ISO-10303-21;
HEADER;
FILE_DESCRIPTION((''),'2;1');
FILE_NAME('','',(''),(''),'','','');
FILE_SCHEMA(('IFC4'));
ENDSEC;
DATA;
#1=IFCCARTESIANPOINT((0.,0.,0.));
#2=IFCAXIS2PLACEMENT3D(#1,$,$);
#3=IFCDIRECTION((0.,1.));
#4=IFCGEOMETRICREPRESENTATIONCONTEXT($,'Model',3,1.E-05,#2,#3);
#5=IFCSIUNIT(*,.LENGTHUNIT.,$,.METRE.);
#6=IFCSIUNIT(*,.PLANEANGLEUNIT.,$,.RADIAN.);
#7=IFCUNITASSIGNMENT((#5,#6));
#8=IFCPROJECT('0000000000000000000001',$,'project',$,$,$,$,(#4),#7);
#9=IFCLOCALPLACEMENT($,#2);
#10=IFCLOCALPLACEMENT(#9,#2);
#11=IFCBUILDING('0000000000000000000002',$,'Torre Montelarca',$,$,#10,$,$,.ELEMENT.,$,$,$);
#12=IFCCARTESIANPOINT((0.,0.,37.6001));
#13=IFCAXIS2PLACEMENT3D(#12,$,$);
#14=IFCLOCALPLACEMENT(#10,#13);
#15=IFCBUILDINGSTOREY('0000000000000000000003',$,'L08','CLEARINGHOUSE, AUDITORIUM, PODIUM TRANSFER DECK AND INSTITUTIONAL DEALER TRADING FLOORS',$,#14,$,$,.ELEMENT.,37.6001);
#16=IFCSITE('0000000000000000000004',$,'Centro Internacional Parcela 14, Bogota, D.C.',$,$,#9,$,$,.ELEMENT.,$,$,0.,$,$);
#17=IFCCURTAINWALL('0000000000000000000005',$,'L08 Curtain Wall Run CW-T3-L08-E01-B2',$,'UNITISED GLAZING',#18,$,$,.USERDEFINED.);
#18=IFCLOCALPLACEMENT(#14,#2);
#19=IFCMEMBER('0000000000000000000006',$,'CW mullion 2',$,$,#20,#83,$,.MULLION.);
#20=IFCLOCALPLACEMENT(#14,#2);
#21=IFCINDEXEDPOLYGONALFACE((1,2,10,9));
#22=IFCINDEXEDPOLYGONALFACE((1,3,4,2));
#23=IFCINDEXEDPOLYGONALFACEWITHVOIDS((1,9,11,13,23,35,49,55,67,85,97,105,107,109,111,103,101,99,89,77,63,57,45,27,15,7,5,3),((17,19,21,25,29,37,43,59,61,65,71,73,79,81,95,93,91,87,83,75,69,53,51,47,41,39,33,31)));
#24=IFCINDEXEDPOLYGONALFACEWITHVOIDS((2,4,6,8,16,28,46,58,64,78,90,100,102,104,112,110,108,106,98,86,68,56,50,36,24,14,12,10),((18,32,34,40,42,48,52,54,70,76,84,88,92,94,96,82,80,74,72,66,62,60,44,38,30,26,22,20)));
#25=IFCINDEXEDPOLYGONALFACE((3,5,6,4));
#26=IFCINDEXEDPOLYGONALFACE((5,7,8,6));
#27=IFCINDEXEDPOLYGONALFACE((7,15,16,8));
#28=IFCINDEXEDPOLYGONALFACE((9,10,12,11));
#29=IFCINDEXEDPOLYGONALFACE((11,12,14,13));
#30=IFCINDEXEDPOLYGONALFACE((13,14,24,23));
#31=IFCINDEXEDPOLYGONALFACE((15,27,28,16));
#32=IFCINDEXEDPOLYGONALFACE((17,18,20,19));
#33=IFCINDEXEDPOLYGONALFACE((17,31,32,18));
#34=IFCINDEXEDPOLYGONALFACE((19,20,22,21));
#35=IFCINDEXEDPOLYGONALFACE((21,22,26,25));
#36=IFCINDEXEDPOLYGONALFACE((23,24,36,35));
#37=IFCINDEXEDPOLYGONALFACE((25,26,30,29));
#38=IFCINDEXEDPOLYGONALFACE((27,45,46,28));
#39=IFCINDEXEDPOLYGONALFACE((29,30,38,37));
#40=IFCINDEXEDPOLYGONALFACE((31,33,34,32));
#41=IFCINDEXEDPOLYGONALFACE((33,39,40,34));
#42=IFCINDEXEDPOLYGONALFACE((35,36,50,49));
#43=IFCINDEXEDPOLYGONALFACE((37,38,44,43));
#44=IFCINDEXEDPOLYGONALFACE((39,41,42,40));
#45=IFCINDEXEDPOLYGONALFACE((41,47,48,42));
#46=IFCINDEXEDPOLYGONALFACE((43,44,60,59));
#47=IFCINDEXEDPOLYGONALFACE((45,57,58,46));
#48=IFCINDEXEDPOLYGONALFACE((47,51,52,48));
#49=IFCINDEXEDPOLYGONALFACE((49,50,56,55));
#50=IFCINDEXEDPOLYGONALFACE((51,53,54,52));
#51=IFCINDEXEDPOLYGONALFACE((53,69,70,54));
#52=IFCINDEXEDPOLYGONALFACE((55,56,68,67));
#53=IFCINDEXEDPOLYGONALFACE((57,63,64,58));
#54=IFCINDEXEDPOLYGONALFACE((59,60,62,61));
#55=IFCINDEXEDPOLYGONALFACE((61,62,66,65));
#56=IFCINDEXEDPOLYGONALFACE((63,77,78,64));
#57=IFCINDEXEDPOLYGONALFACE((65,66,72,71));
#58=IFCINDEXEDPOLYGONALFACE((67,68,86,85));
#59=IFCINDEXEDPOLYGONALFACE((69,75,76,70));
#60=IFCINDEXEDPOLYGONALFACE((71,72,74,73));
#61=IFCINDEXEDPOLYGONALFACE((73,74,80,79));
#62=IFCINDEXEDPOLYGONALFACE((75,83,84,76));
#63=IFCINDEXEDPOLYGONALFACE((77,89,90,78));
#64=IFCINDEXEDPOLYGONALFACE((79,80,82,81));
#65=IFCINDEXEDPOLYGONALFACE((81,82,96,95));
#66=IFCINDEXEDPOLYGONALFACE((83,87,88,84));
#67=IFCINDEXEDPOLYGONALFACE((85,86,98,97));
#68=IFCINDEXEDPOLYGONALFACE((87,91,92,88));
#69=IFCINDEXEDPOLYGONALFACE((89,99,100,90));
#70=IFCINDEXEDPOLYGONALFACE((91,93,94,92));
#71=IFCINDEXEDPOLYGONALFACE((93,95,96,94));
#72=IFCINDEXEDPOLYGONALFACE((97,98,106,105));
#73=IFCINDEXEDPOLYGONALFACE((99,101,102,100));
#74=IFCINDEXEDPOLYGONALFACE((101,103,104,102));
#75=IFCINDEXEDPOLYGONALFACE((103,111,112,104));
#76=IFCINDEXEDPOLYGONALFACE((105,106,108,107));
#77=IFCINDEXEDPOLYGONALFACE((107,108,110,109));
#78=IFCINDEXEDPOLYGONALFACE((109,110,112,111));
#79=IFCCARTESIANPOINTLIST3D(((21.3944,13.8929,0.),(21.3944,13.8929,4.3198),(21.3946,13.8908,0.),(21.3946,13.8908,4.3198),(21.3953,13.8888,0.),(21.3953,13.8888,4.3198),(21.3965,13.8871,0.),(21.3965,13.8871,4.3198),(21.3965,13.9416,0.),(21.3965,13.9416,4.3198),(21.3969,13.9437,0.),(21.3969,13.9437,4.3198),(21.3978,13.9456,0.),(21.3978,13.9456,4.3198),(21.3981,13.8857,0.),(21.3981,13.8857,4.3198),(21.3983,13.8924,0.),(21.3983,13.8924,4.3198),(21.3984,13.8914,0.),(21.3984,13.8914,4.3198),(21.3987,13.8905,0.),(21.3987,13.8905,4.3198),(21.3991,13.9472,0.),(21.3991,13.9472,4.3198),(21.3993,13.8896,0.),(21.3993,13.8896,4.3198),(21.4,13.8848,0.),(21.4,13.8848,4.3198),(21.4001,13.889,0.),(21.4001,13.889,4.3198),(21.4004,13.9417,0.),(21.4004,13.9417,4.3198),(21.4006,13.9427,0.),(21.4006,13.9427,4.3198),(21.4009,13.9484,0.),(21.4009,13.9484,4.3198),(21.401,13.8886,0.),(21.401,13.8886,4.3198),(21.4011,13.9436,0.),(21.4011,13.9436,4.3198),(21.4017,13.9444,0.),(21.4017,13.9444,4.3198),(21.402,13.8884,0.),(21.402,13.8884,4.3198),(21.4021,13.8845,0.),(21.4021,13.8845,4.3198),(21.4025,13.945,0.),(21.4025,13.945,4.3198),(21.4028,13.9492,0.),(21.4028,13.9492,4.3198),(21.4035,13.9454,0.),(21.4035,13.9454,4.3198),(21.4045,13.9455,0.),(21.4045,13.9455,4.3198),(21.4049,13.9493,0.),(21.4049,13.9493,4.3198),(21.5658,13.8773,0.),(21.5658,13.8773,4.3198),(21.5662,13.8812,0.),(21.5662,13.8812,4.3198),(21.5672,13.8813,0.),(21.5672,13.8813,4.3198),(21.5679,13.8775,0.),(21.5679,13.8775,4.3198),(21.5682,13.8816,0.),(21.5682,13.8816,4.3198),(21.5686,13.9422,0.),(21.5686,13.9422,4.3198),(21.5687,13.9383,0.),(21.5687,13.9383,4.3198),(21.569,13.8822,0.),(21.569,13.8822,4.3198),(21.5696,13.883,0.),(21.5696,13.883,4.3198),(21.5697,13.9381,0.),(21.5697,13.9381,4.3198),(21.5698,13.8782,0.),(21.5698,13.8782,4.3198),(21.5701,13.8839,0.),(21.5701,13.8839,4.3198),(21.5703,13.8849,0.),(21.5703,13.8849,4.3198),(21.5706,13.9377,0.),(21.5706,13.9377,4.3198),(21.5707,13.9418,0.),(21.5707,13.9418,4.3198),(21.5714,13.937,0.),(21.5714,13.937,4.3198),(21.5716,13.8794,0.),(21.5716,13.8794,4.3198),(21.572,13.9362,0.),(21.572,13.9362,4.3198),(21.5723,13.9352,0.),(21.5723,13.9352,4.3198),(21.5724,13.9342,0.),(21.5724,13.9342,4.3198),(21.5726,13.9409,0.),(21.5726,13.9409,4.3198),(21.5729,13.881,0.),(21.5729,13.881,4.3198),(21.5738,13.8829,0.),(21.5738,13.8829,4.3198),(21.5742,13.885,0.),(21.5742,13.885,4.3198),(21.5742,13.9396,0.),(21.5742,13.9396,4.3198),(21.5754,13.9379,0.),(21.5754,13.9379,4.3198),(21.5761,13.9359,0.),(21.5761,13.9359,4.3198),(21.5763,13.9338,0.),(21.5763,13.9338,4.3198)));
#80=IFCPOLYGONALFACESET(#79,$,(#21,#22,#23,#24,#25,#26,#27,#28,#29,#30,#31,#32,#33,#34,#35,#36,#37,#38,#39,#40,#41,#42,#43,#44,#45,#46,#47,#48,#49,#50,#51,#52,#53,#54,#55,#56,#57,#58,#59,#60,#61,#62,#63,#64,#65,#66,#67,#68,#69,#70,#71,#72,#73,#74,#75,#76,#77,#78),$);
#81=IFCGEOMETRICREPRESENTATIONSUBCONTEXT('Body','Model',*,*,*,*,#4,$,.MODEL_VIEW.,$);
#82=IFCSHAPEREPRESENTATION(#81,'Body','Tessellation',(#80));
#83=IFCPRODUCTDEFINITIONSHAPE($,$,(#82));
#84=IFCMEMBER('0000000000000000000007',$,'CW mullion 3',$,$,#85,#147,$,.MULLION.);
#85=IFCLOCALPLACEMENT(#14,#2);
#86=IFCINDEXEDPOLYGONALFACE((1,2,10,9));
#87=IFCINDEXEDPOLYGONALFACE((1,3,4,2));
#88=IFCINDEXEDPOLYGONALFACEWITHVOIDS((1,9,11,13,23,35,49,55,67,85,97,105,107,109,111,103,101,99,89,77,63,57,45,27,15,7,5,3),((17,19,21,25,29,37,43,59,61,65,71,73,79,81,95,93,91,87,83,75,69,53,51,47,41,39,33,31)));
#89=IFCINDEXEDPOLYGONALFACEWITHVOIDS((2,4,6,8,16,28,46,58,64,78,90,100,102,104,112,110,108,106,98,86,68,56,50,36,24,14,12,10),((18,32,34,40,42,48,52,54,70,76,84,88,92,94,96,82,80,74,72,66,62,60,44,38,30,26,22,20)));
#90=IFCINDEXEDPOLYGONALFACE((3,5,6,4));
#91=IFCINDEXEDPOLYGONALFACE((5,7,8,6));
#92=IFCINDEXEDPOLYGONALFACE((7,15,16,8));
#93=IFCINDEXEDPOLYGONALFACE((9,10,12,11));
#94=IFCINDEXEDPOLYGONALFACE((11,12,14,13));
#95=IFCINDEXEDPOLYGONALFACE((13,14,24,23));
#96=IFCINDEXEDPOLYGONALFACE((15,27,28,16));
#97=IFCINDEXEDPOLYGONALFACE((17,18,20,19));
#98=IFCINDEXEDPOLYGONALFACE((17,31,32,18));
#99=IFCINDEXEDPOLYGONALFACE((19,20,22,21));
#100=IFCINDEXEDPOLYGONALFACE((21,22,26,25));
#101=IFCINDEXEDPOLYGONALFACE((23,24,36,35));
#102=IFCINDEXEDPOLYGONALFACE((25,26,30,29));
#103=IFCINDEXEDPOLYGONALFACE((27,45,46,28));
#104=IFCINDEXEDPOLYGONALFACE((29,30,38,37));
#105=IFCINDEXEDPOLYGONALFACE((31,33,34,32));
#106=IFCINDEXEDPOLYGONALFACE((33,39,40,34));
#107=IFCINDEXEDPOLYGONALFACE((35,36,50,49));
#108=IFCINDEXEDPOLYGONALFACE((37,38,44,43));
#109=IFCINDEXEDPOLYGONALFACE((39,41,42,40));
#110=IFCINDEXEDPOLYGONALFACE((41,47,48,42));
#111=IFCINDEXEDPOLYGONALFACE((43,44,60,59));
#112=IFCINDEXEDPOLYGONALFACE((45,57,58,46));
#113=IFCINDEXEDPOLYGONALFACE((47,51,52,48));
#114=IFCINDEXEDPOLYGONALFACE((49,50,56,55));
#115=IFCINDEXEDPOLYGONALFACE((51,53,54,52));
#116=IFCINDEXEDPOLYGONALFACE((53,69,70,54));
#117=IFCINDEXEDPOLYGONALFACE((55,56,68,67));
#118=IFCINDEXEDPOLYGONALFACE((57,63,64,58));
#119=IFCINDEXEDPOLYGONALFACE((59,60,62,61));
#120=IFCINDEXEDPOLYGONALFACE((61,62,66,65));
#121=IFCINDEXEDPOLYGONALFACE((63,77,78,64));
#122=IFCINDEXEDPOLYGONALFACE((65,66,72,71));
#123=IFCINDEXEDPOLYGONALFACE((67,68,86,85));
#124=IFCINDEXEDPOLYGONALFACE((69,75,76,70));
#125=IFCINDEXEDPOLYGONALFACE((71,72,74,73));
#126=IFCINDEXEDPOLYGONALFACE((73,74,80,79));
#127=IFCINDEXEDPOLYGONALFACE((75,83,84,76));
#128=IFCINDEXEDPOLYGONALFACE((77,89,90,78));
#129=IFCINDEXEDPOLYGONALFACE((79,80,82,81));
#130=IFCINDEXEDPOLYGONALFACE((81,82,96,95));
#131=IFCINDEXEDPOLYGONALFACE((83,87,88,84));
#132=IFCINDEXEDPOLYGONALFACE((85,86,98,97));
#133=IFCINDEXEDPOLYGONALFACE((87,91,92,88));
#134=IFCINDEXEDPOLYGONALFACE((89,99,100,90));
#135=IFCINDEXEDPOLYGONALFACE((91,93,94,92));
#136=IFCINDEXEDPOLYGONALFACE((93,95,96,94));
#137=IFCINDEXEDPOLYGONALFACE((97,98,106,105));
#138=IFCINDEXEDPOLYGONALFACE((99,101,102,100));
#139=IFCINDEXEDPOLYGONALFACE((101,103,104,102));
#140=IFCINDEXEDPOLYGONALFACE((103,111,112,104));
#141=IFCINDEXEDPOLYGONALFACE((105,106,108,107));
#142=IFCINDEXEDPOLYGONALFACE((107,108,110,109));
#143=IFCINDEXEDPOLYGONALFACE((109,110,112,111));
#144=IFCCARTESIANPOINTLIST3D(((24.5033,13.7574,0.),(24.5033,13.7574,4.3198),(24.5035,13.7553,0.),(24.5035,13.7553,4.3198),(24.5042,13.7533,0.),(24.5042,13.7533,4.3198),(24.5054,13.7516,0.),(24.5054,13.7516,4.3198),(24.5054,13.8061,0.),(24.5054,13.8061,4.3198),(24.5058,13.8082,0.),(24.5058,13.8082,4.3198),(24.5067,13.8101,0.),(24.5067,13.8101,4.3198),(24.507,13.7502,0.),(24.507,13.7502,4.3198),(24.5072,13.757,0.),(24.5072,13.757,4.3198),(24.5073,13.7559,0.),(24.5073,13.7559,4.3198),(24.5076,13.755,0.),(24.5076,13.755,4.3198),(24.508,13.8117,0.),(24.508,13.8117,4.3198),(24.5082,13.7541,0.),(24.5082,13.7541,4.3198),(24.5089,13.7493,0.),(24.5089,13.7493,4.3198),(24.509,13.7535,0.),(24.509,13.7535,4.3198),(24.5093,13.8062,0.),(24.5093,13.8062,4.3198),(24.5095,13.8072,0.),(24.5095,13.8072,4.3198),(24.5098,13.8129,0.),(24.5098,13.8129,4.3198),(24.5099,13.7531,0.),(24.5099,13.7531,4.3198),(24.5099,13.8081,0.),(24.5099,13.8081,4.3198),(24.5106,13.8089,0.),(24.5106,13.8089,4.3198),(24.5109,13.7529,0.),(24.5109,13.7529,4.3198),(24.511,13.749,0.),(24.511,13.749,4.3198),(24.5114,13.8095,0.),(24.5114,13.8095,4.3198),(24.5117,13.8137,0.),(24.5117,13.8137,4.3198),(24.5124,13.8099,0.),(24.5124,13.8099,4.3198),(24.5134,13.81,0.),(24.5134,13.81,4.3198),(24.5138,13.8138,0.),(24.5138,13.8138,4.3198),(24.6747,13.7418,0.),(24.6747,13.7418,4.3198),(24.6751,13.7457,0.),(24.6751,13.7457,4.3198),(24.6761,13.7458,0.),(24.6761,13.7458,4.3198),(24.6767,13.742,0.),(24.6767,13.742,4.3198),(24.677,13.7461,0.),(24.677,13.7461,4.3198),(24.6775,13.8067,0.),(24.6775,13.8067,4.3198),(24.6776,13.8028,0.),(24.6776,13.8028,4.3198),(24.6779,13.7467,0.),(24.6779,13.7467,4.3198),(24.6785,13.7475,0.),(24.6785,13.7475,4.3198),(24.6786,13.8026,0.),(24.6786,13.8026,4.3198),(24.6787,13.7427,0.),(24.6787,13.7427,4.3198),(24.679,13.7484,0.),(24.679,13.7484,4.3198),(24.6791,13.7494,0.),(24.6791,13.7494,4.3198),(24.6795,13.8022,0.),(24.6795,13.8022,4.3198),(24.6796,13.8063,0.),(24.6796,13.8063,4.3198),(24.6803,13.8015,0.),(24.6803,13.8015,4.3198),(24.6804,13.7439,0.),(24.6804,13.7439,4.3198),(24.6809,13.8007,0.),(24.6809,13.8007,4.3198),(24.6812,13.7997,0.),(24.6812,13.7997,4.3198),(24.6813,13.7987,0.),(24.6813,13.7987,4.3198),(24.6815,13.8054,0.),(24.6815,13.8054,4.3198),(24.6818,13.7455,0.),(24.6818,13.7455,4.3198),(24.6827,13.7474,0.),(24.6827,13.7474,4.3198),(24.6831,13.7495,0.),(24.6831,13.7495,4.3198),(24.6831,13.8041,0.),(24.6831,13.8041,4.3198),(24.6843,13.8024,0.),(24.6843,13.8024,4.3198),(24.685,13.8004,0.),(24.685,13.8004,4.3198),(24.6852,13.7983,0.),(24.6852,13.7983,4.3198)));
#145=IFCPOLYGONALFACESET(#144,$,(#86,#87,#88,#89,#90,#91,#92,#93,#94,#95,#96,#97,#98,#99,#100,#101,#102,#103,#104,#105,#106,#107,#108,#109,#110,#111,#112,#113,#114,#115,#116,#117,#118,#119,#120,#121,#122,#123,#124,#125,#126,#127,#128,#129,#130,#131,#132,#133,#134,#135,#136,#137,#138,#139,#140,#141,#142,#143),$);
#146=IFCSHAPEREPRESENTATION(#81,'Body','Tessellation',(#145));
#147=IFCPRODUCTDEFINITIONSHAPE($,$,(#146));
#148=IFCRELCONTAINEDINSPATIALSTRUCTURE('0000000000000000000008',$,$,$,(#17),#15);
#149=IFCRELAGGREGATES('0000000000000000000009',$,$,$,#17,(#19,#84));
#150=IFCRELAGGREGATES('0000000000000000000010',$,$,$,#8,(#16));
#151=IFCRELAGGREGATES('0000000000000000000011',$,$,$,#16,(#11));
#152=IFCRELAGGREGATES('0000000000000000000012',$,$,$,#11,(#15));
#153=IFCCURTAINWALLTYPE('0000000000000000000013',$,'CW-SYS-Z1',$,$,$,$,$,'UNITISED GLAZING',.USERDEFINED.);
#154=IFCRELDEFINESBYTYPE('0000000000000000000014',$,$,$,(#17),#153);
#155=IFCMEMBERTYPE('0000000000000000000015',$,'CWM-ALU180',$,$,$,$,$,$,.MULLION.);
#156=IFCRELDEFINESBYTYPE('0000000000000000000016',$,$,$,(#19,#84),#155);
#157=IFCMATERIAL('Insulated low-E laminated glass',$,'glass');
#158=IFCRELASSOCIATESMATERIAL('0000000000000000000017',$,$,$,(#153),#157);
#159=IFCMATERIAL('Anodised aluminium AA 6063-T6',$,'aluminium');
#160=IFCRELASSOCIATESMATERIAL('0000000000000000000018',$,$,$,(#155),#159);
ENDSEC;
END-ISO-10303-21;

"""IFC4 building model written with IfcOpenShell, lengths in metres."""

from ifc_helpers import new_model, si_unit, direction, frame, origin, origin_2d, place, context, subcontext, project, spatial, hollow_rectangle, extrude, source, transform, mapped, material, material_profile, profile_set, type_object, element, aggregate, save


model = new_model("IFC4")

# Units and contexts
model_context = context("Model", 3, precision=1e-05, world=origin(), true_north=direction((0.0, 1.0)))
body_context = subcontext(model_context, "Body", "Model", "MODEL_VIEW")
ifc_project = project(units=[si_unit("LENGTHUNIT", "METRE"), si_unit("PLANEANGLEUNIT", "RADIAN")], contexts=[model_context])

# Site, building, storey
site_placement = place(None, origin())
site = spatial("IfcSite", under=ifc_project, at=site_placement, Name="Centro Internacional Parcela 14, Bogota, D.C.", CompositionType="ELEMENT", RefElevation=0.0)
building_placement = place(site_placement, origin())
building = spatial("IfcBuilding", under=site, at=building_placement, Name="Torre Montelarca", CompositionType="ELEMENT")
storey_placement = place(building_placement, frame((0.0, 0.0, 37.6001)))
storey = spatial("IfcBuildingStorey", under=building, at=storey_placement, Name="L08", Description="CLEARINGHOUSE, AUDITORIUM, PODIUM TRANSFER DECK AND INSTITUTIONAL DEALER TRADING FLOORS", CompositionType="ELEMENT", Elevation=37.6001)

# Curtain wall, members
ifc_material_1 = material(Name="Insulated low-E laminated glass", Category="glass")
curtain_wall_type = type_object("IfcCurtainWallType", Name="CW-SYS-Z1", ElementType="UNITISED GLAZING", PredefinedType="USERDEFINED", material=ifc_material_1)
ifc_material_2 = material(Name="Anodised aluminium AA 6063-T6", Category="aluminium")
curtain_wall_1_placement = place(storey_placement, origin())
curtain_wall_1 = element("IfcCurtainWall", 1, at=curtain_wall_1_placement, inside=storey, type_object=curtain_wall_type, Name="L08 Curtain Wall Run CW-T3-L08-E01-B2", ObjectType="UNITISED GLAZING", PredefinedType="USERDEFINED")
ifc_material_profile_1 = material_profile(ifc_material_2, hollow_rectangle(XDim=0.0649, YDim=0.1799, WallThickness=0.0039, InnerFilletRadius=0.0039, OuterFilletRadius=0.0081, at=origin_2d()), Name="ALU65X180X4", Category="aluminium")
ifc_profile_set_1 = profile_set([ifc_material_profile_1], Name="Anodised aluminium AA 6063-T6")
member_type_1 = type_object("IfcMemberType", Name="CWM-ALU180", PredefinedType="MULLION", material=ifc_profile_set_1)
shared_shape_1 = source(origin(), body_context, "Body", "SweptSolid", [
    extrude(hollow_rectangle(XDim=0.0649, YDim=0.1799, WallThickness=0.0039, InnerFilletRadius=0.0039, OuterFilletRadius=0.0081, at=origin_2d()), origin(), (0.0, 0.0, 1.0), 4.3198),
])
member_1_placement = place(storey_placement, frame((21.4854, 13.9133, 0.0), z_axis=(0.0, 0.0, 1.0), x_axis=(0.043619, 0.999048, 0.0)))
member_1 = element("IfcMember", 2, at=member_1_placement, type_object=member_type_1, Name="CW mullion 2", PredefinedType="MULLION", context=body_context, shape_type="MappedRepresentation", body=[
    mapped(shared_shape_1, transform((0.0, 0.0, 0.0), scale=1.0)),
])
member_2_placement = place(storey_placement, frame((24.5942, 13.7778, 0.0), z_axis=(0.0, 0.0, 1.0), x_axis=(0.043619, 0.999048, 0.0)))
member_2 = element("IfcMember", 3, at=member_2_placement, type_object=member_type_1, Name="CW mullion 3", PredefinedType="MULLION", context=body_context, shape_type="MappedRepresentation", body=[
    mapped(shared_shape_1, transform((0.0, 0.0, 0.0), scale=1.0)),
])

aggregate(curtain_wall_1, [member_1, member_2])

save(model, "model.ifc")
